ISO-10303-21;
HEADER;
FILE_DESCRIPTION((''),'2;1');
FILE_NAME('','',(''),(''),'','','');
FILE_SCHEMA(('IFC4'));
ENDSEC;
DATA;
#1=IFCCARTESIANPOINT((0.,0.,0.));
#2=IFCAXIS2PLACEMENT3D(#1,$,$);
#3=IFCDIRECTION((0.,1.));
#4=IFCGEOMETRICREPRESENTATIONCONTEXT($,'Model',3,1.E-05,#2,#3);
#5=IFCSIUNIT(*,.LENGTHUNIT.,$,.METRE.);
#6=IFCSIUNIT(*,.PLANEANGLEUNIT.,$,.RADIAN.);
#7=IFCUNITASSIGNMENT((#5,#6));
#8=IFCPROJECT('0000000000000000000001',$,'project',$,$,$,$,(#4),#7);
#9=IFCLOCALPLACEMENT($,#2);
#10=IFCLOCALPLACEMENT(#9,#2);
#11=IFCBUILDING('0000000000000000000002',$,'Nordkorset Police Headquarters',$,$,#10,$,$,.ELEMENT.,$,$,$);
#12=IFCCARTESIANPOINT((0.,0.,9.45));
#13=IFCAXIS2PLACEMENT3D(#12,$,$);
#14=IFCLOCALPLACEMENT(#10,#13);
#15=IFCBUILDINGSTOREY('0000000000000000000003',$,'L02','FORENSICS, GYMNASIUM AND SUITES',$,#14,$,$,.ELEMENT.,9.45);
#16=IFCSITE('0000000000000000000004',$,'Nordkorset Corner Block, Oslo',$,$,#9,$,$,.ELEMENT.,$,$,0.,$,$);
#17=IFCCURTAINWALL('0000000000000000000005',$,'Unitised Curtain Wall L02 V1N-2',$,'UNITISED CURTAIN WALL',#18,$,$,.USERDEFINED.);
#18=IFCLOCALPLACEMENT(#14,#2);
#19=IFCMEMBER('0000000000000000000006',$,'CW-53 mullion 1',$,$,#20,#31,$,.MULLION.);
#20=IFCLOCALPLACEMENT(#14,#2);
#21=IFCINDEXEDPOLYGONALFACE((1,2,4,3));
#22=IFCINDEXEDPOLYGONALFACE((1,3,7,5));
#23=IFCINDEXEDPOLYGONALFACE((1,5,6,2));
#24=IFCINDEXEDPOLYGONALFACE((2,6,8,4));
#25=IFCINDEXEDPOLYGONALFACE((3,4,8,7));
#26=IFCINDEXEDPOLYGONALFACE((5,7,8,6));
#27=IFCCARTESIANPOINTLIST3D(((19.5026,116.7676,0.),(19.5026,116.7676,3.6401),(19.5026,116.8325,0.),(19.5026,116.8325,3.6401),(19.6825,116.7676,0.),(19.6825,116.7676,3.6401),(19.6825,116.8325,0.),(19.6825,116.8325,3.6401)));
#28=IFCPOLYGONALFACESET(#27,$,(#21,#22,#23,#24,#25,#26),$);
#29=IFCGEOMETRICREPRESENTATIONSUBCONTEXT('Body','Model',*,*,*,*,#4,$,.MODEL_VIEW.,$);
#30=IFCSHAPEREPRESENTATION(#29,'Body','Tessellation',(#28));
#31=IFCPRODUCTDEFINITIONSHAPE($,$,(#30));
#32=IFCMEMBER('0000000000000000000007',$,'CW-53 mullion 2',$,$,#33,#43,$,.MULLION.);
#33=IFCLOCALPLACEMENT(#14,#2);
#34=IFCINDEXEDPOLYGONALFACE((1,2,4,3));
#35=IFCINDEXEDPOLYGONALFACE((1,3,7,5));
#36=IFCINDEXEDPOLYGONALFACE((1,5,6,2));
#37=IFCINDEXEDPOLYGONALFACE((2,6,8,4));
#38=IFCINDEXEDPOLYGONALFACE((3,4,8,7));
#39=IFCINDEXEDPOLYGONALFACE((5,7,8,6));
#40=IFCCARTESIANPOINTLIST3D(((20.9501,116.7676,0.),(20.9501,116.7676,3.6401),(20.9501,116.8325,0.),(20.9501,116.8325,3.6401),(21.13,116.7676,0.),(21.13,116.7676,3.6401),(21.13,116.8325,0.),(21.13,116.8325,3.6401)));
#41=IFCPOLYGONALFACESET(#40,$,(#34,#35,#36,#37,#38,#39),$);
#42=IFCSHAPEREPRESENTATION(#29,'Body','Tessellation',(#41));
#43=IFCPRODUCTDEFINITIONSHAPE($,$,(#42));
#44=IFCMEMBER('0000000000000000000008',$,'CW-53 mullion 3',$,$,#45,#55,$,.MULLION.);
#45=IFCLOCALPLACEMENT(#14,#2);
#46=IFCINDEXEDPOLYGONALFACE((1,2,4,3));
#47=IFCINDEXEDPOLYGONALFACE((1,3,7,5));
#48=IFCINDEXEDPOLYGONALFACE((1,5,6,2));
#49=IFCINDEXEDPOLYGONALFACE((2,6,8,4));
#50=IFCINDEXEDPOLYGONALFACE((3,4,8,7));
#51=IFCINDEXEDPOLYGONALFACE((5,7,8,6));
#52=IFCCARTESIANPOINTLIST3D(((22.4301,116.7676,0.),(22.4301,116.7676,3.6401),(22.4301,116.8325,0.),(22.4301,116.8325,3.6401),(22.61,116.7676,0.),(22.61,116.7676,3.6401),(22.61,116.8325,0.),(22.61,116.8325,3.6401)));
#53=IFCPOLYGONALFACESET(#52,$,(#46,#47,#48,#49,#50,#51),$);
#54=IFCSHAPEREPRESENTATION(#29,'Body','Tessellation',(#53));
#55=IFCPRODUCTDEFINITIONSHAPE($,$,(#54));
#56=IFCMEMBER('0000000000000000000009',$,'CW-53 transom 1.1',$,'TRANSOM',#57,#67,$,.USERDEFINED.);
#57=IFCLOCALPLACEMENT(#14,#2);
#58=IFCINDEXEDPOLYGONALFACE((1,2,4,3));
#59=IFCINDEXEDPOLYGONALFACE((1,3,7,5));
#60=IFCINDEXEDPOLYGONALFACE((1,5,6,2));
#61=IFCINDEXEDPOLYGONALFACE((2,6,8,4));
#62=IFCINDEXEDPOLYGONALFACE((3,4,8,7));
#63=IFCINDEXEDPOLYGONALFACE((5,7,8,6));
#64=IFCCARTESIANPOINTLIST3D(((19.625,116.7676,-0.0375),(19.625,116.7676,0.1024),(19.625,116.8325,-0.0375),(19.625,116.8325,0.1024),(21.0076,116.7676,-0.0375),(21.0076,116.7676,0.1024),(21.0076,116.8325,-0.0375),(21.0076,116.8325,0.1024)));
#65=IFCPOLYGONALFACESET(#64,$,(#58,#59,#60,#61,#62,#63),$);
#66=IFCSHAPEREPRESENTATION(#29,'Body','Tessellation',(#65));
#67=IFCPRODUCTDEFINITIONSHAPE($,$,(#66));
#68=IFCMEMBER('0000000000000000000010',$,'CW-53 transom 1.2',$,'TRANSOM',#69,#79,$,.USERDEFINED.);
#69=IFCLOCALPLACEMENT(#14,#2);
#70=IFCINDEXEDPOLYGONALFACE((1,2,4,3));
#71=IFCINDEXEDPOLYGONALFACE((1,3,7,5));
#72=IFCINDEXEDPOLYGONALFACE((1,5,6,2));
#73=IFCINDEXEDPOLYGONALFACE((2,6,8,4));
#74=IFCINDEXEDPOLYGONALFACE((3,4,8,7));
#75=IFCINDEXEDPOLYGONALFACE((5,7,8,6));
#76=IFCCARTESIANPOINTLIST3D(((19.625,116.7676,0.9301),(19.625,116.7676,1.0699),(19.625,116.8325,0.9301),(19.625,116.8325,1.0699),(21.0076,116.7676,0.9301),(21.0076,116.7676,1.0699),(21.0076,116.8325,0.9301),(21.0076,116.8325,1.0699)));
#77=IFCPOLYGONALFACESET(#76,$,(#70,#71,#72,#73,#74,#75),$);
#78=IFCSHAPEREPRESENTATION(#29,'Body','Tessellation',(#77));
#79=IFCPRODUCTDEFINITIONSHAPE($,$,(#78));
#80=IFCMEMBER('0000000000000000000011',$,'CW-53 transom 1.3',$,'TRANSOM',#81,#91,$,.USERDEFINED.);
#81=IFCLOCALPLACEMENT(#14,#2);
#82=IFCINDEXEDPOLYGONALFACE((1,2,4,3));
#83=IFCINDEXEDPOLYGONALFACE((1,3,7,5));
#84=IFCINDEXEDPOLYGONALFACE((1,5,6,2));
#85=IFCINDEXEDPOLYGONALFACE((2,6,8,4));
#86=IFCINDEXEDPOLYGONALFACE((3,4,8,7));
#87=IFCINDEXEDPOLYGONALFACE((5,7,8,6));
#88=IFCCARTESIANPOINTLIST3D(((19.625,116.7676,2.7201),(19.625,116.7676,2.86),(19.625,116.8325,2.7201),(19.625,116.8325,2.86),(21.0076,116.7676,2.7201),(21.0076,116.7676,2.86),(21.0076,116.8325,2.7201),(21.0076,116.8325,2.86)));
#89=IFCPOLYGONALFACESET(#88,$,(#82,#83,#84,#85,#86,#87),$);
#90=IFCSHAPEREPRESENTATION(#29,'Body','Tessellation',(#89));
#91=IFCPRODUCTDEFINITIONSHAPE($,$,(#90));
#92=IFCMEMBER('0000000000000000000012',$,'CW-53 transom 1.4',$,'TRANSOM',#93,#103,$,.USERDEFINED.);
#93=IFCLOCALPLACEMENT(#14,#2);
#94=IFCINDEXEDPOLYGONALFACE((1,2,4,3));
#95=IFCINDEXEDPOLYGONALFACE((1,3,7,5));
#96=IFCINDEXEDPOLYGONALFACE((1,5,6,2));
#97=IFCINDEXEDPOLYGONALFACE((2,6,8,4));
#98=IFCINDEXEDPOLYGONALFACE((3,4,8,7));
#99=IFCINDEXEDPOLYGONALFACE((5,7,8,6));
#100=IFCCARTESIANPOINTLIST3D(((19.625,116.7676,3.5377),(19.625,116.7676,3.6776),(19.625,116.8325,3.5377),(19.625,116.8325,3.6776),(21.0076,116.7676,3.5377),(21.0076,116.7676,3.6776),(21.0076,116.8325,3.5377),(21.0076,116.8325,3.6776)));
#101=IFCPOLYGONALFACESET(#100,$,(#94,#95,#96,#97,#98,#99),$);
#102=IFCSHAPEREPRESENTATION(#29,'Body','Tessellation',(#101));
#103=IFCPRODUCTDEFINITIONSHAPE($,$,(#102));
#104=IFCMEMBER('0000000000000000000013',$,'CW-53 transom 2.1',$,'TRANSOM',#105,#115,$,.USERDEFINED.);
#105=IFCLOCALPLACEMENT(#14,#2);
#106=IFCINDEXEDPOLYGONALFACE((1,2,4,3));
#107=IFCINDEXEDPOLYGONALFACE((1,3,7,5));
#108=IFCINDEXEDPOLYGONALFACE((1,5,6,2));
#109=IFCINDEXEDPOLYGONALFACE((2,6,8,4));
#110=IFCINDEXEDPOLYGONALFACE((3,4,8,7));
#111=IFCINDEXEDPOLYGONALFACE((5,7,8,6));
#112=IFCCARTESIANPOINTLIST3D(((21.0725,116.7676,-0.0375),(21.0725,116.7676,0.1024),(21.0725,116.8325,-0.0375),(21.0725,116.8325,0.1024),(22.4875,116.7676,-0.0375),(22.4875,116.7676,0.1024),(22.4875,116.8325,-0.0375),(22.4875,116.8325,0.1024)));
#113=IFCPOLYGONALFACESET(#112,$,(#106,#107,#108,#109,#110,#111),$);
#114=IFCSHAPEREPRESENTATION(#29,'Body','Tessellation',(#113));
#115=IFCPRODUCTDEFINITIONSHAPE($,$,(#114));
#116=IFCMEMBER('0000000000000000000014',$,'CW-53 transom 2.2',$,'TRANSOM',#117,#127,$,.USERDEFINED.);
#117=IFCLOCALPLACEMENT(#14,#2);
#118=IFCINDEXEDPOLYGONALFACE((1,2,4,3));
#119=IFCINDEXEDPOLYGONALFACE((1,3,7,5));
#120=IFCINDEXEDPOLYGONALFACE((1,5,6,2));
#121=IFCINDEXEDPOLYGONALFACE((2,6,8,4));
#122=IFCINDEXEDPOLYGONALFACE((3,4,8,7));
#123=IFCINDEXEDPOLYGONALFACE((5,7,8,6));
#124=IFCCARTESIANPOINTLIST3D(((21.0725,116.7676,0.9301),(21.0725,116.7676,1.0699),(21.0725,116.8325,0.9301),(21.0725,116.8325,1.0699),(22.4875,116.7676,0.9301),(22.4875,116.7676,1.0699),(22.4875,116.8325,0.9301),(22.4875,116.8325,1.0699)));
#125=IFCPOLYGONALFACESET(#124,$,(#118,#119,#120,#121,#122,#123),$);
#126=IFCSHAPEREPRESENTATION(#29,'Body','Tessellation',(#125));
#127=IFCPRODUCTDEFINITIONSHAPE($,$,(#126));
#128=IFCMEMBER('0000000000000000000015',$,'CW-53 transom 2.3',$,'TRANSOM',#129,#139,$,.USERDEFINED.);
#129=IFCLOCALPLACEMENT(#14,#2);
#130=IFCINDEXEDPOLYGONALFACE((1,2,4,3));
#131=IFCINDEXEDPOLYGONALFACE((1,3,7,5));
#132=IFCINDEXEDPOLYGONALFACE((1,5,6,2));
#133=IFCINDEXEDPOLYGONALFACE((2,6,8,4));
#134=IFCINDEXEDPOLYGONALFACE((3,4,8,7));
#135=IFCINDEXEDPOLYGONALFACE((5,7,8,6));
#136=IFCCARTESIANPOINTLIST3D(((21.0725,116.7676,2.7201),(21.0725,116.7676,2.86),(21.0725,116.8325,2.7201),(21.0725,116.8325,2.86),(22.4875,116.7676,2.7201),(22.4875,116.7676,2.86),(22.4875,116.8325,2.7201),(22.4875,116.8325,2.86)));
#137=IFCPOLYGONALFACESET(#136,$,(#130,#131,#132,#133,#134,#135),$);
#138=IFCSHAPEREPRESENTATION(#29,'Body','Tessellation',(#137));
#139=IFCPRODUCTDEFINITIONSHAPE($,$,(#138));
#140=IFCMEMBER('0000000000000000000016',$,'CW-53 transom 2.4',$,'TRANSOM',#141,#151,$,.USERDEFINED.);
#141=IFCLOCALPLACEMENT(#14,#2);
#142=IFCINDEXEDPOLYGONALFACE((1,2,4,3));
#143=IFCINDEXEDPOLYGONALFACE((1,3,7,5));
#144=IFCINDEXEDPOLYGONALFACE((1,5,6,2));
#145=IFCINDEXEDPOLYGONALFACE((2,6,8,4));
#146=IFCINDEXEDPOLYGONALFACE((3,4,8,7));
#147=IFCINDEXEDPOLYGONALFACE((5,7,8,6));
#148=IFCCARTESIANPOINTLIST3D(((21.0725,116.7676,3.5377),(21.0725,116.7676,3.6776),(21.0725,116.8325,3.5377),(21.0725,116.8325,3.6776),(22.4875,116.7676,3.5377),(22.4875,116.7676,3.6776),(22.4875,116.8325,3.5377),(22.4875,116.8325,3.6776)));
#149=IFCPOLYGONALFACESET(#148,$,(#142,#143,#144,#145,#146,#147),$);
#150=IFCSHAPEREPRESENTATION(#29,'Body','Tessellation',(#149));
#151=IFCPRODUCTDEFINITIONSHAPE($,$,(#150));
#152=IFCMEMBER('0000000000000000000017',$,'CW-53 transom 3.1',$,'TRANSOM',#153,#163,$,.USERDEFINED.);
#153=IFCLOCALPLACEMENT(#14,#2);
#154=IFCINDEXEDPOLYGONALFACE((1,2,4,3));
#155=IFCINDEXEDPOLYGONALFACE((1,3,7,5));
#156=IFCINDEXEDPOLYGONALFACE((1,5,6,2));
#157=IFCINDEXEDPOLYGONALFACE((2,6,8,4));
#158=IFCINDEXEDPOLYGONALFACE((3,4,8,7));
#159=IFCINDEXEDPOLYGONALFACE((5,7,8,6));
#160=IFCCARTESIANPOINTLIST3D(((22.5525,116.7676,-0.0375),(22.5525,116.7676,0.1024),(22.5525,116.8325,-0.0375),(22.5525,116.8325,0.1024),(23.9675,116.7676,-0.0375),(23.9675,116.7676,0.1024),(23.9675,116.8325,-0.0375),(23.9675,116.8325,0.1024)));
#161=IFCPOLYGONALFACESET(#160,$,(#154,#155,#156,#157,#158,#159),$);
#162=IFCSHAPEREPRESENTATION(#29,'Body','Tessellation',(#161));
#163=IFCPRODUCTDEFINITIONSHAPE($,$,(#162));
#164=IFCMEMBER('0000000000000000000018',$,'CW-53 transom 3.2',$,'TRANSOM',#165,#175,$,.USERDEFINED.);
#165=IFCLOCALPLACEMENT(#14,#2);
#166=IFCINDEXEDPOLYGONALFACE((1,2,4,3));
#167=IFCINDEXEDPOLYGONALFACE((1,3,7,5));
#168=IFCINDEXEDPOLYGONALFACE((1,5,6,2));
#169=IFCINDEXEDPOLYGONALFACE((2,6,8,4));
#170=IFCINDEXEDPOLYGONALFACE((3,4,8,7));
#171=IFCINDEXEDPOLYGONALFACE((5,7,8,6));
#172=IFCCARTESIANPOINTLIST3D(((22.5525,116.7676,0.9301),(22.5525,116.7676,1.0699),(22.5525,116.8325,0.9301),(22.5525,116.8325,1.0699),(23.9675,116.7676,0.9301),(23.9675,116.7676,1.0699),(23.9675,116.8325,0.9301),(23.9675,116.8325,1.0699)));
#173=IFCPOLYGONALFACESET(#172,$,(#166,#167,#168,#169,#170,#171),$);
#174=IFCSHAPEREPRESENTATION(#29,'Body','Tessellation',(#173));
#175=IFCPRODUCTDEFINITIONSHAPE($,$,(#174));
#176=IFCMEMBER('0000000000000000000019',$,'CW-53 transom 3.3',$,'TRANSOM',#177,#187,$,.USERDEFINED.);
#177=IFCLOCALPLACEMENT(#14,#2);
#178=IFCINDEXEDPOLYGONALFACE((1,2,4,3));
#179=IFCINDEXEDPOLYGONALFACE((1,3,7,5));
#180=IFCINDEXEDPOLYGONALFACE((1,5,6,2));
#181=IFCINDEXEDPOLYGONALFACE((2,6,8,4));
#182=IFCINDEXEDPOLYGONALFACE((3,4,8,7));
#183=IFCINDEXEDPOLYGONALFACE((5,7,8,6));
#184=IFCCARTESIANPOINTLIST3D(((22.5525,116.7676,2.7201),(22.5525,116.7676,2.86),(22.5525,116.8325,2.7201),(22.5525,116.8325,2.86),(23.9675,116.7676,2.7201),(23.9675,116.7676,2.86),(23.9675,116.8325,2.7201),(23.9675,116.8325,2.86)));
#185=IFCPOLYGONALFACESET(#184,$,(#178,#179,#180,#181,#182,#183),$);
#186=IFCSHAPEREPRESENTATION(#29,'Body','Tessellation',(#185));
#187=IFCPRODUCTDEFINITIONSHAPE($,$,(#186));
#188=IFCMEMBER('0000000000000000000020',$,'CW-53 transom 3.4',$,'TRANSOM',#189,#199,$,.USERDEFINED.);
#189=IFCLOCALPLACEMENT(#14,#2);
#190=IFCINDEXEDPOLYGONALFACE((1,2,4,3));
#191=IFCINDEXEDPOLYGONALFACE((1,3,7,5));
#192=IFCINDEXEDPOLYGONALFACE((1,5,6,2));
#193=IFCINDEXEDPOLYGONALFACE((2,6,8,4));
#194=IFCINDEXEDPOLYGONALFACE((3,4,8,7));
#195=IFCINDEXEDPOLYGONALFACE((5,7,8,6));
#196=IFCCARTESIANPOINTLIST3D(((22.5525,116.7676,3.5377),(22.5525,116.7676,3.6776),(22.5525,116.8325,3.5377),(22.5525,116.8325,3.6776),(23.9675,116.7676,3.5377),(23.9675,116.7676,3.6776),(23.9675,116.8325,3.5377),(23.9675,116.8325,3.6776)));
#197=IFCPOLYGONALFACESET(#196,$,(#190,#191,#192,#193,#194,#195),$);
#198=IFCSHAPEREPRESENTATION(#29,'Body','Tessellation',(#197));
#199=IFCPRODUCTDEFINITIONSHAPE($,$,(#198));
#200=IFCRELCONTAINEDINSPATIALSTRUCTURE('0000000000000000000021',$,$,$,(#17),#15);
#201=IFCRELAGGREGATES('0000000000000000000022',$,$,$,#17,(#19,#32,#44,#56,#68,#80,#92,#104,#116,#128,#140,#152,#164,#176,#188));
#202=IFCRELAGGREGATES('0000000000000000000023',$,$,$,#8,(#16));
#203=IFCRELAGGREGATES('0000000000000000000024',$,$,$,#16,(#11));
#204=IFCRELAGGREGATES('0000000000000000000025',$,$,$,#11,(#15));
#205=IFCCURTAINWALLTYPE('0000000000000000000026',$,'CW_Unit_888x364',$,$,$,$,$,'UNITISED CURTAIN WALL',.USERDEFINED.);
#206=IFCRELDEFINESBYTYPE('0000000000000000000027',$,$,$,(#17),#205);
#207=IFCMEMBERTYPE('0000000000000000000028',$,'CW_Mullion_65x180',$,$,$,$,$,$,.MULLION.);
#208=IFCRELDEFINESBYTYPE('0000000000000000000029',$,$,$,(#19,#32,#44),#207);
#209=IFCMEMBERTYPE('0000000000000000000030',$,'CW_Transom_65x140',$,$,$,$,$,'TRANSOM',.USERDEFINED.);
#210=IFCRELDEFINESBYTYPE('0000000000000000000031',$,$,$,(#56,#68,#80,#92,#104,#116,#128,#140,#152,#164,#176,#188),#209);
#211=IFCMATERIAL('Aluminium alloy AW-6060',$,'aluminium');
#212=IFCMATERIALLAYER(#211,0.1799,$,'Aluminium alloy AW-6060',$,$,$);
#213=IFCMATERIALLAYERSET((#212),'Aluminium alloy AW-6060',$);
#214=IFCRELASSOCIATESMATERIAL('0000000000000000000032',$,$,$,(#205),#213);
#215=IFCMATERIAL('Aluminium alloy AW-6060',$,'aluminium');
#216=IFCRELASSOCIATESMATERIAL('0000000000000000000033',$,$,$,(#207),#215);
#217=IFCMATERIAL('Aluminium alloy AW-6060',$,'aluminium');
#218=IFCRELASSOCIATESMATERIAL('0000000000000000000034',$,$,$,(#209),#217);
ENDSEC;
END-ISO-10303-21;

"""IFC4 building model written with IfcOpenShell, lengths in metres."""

from ifc_helpers import new_model, si_unit, direction, frame, origin, origin_2d, place, context, subcontext, project, spatial, rectangle, extrude, material, layer, layer_set, material_profile, profile_set, type_object, element, aggregate, save


model = new_model("IFC4")

# Units and contexts
model_context = context("Model", 3, precision=1e-05, world=origin(), true_north=direction((0.0, 1.0)))
body_context = subcontext(model_context, "Body", "Model", "MODEL_VIEW")
ifc_project = project(units=[si_unit("LENGTHUNIT", "METRE"), si_unit("PLANEANGLEUNIT", "RADIAN")], contexts=[model_context])

# Site, building, storey
site_placement = place(None, origin())
site = spatial("IfcSite", under=ifc_project, at=site_placement, Name="Nordkorset Corner Block, Oslo", CompositionType="ELEMENT", RefElevation=0.0)
building_placement = place(site_placement, origin())
building = spatial("IfcBuilding", under=site, at=building_placement, Name="Nordkorset Police Headquarters", CompositionType="ELEMENT")
storey_placement = place(building_placement, frame((0.0, 0.0, 9.45)))
storey = spatial("IfcBuildingStorey", under=building, at=storey_placement, Name="L02", Description="FORENSICS, GYMNASIUM AND SUITES", CompositionType="ELEMENT", Elevation=9.45)

# Curtain wall, members
ifc_material_1 = material(Name="Aluminium alloy AW-6060", Category="aluminium")
ifc_layer_1 = layer(ifc_material_1, 0.1799, Name="Aluminium alloy AW-6060")
ifc_layer_set_1 = layer_set([ifc_layer_1], Name="Aluminium alloy AW-6060")
curtain_wall_type = type_object("IfcCurtainWallType", Name="CW_Unit_888x364", ElementType="UNITISED CURTAIN WALL", PredefinedType="USERDEFINED", material=ifc_layer_set_1)
curtain_wall_placement = place(storey_placement, origin())
curtain_wall = element("IfcCurtainWall", 1, at=curtain_wall_placement, inside=storey, type_object=curtain_wall_type, Name="Unitised Curtain Wall L02 V1N-2", ObjectType="UNITISED CURTAIN WALL", PredefinedType="USERDEFINED")
ifc_material_2 = material(Name="Aluminium alloy AW-6060", Category="aluminium")
ifc_material_profile_1 = material_profile(ifc_material_2, rectangle(XDim=0.0649, YDim=0.1799, at=origin_2d()), Name="ALU MULL 65x180")
ifc_profile_set_1 = profile_set([ifc_material_profile_1], Name="Aluminium alloy AW-6060")
member_type_1 = type_object("IfcMemberType", Name="CW_Mullion_65x180", PredefinedType="MULLION", material=ifc_profile_set_1)
member_1_placement = place(storey_placement, frame((19.5925, 116.8, 0.0), z_axis=(0.0, 0.0, 1.0), x_axis=(0.0, 1.0, 0.0)))
member_1 = element("IfcMember", 2, at=member_1_placement, type_object=member_type_1, Name="CW-53 mullion 1", PredefinedType="MULLION", context=body_context, shape_type="SweptSolid", body=[
    extrude(rectangle(XDim=0.0649, YDim=0.1799, at=origin_2d()), origin(), (0.0, 0.0, 1.0), 3.6401),
])
member_2_placement = place(storey_placement, frame((21.04, 116.8, 0.0), z_axis=(0.0, 0.0, 1.0), x_axis=(0.0, 1.0, 0.0)))
member_2 = element("IfcMember", 3, at=member_2_placement, type_object=member_type_1, Name="CW-53 mullion 2", PredefinedType="MULLION", context=body_context, shape_type="SweptSolid", body=[
    extrude(rectangle(XDim=0.0649, YDim=0.1799, at=origin_2d()), origin(), (0.0, 0.0, 1.0), 3.6401),
])
member_3_placement = place(storey_placement, frame((22.52, 116.8, 0.0), z_axis=(0.0, 0.0, 1.0), x_axis=(0.0, 1.0, 0.0)))
member_3 = element("IfcMember", 4, at=member_3_placement, type_object=member_type_1, Name="CW-53 mullion 3", PredefinedType="MULLION", context=body_context, shape_type="SweptSolid", body=[
    extrude(rectangle(XDim=0.0649, YDim=0.1799, at=origin_2d()), origin(), (0.0, 0.0, 1.0), 3.6401),
])
ifc_material_3 = material(Name="Aluminium alloy AW-6060", Category="aluminium")
ifc_material_profile_2 = material_profile(ifc_material_3, rectangle(XDim=0.0649, YDim=0.1399, at=origin_2d()), Name="ALU TRAN 65x140")
ifc_profile_set_2 = profile_set([ifc_material_profile_2], Name="Aluminium alloy AW-6060")
member_type_2 = type_object("IfcMemberType", Name="CW_Transom_65x140", ElementType="TRANSOM", PredefinedType="USERDEFINED", material=ifc_profile_set_2)
member_4_placement = place(storey_placement, frame((19.625, 116.8, 0.0325), z_axis=(1.0, 0.0, 0.0), x_axis=(0.0, 1.0, 0.0)))
member_4 = element("IfcMember", 5, at=member_4_placement, type_object=member_type_2, Name="CW-53 transom 1.1", ObjectType="TRANSOM", PredefinedType="USERDEFINED", context=body_context, shape_type="SweptSolid", body=[
    extrude(rectangle(XDim=0.0649, YDim=0.1399, at=origin_2d()), origin(), (0.0, 0.0, 1.0), 1.3826),
])
member_5_placement = place(storey_placement, frame((19.625, 116.8, 1.0), z_axis=(1.0, 0.0, 0.0), x_axis=(0.0, 1.0, 0.0)))
member_5 = element("IfcMember", 6, at=member_5_placement, type_object=member_type_2, Name="CW-53 transom 1.2", ObjectType="TRANSOM", PredefinedType="USERDEFINED", context=body_context, shape_type="SweptSolid", body=[
    extrude(rectangle(XDim=0.0649, YDim=0.1399, at=origin_2d()), origin(), (0.0, 0.0, 1.0), 1.3826),
])
member_6_placement = place(storey_placement, frame((19.625, 116.8, 2.79), z_axis=(1.0, 0.0, 0.0), x_axis=(0.0, 1.0, 0.0)))
member_6 = element("IfcMember", 7, at=member_6_placement, type_object=member_type_2, Name="CW-53 transom 1.3", ObjectType="TRANSOM", PredefinedType="USERDEFINED", context=body_context, shape_type="SweptSolid", body=[
    extrude(rectangle(XDim=0.0649, YDim=0.1399, at=origin_2d()), origin(), (0.0, 0.0, 1.0), 1.3826),
])
member_7_placement = place(storey_placement, frame((19.625, 116.8, 3.6077), z_axis=(1.0, 0.0, 0.0), x_axis=(0.0, 1.0, 0.0)))
member_7 = element("IfcMember", 8, at=member_7_placement, type_object=member_type_2, Name="CW-53 transom 1.4", ObjectType="TRANSOM", PredefinedType="USERDEFINED", context=body_context, shape_type="SweptSolid", body=[
    extrude(rectangle(XDim=0.0649, YDim=0.1399, at=origin_2d()), origin(), (0.0, 0.0, 1.0), 1.3826),
])
member_8_placement = place(storey_placement, frame((21.0725, 116.8, 0.0325), z_axis=(1.0, 0.0, 0.0), x_axis=(0.0, 1.0, 0.0)))
member_8 = element("IfcMember", 9, at=member_8_placement, type_object=member_type_2, Name="CW-53 transom 2.1", ObjectType="TRANSOM", PredefinedType="USERDEFINED", context=body_context, shape_type="SweptSolid", body=[
    extrude(rectangle(XDim=0.0649, YDim=0.1399, at=origin_2d()), origin(), (0.0, 0.0, 1.0), 1.415),
])
member_9_placement = place(storey_placement, frame((21.0725, 116.8, 1.0), z_axis=(1.0, 0.0, 0.0), x_axis=(0.0, 1.0, 0.0)))
member_9 = element("IfcMember", 10, at=member_9_placement, type_object=member_type_2, Name="CW-53 transom 2.2", ObjectType="TRANSOM", PredefinedType="USERDEFINED", context=body_context, shape_type="SweptSolid", body=[
    extrude(rectangle(XDim=0.0649, YDim=0.1399, at=origin_2d()), origin(), (0.0, 0.0, 1.0), 1.415),
])
member_10_placement = place(storey_placement, frame((21.0725, 116.8, 2.79), z_axis=(1.0, 0.0, 0.0), x_axis=(0.0, 1.0, 0.0)))
member_10 = element("IfcMember", 11, at=member_10_placement, type_object=member_type_2, Name="CW-53 transom 2.3", ObjectType="TRANSOM", PredefinedType="USERDEFINED", context=body_context, shape_type="SweptSolid", body=[
    extrude(rectangle(XDim=0.0649, YDim=0.1399, at=origin_2d()), origin(), (0.0, 0.0, 1.0), 1.415),
])
member_11_placement = place(storey_placement, frame((21.0725, 116.8, 3.6077), z_axis=(1.0, 0.0, 0.0), x_axis=(0.0, 1.0, 0.0)))
member_11 = element("IfcMember", 12, at=member_11_placement, type_object=member_type_2, Name="CW-53 transom 2.4", ObjectType="TRANSOM", PredefinedType="USERDEFINED", context=body_context, shape_type="SweptSolid", body=[
    extrude(rectangle(XDim=0.0649, YDim=0.1399, at=origin_2d()), origin(), (0.0, 0.0, 1.0), 1.415),
])
member_12_placement = place(storey_placement, frame((22.5525, 116.8, 0.0325), z_axis=(1.0, 0.0, 0.0), x_axis=(0.0, 1.0, 0.0)))
member_12 = element("IfcMember", 13, at=member_12_placement, type_object=member_type_2, Name="CW-53 transom 3.1", ObjectType="TRANSOM", PredefinedType="USERDEFINED", context=body_context, shape_type="SweptSolid", body=[
    extrude(rectangle(XDim=0.0649, YDim=0.1399, at=origin_2d()), origin(), (0.0, 0.0, 1.0), 1.415),
])
member_13_placement = place(storey_placement, frame((22.5525, 116.8, 1.0), z_axis=(1.0, 0.0, 0.0), x_axis=(0.0, 1.0, 0.0)))
member_13 = element("IfcMember", 14, at=member_13_placement, type_object=member_type_2, Name="CW-53 transom 3.2", ObjectType="TRANSOM", PredefinedType="USERDEFINED", context=body_context, shape_type="SweptSolid", body=[
    extrude(rectangle(XDim=0.0649, YDim=0.1399, at=origin_2d()), origin(), (0.0, 0.0, 1.0), 1.415),
])
member_14_placement = place(storey_placement, frame((22.5525, 116.8, 2.79), z_axis=(1.0, 0.0, 0.0), x_axis=(0.0, 1.0, 0.0)))
member_14 = element("IfcMember", 15, at=member_14_placement, type_object=member_type_2, Name="CW-53 transom 3.3", ObjectType="TRANSOM", PredefinedType="USERDEFINED", context=body_context, shape_type="SweptSolid", body=[
    extrude(rectangle(XDim=0.0649, YDim=0.1399, at=origin_2d()), origin(), (0.0, 0.0, 1.0), 1.415),
])
member_15_placement = place(storey_placement, frame((22.5525, 116.8, 3.6077), z_axis=(1.0, 0.0, 0.0), x_axis=(0.0, 1.0, 0.0)))
member_15 = element("IfcMember", 16, at=member_15_placement, type_object=member_type_2, Name="CW-53 transom 3.4", ObjectType="TRANSOM", PredefinedType="USERDEFINED", context=body_context, shape_type="SweptSolid", body=[
    extrude(rectangle(XDim=0.0649, YDim=0.1399, at=origin_2d()), origin(), (0.0, 0.0, 1.0), 1.415),
])

aggregate(curtain_wall, [member_1, member_2, member_3, member_4, member_5, member_6, member_7, member_8, member_9, member_10, member_11, member_12, member_13, member_14, member_15])

save(model, "model.ifc")
